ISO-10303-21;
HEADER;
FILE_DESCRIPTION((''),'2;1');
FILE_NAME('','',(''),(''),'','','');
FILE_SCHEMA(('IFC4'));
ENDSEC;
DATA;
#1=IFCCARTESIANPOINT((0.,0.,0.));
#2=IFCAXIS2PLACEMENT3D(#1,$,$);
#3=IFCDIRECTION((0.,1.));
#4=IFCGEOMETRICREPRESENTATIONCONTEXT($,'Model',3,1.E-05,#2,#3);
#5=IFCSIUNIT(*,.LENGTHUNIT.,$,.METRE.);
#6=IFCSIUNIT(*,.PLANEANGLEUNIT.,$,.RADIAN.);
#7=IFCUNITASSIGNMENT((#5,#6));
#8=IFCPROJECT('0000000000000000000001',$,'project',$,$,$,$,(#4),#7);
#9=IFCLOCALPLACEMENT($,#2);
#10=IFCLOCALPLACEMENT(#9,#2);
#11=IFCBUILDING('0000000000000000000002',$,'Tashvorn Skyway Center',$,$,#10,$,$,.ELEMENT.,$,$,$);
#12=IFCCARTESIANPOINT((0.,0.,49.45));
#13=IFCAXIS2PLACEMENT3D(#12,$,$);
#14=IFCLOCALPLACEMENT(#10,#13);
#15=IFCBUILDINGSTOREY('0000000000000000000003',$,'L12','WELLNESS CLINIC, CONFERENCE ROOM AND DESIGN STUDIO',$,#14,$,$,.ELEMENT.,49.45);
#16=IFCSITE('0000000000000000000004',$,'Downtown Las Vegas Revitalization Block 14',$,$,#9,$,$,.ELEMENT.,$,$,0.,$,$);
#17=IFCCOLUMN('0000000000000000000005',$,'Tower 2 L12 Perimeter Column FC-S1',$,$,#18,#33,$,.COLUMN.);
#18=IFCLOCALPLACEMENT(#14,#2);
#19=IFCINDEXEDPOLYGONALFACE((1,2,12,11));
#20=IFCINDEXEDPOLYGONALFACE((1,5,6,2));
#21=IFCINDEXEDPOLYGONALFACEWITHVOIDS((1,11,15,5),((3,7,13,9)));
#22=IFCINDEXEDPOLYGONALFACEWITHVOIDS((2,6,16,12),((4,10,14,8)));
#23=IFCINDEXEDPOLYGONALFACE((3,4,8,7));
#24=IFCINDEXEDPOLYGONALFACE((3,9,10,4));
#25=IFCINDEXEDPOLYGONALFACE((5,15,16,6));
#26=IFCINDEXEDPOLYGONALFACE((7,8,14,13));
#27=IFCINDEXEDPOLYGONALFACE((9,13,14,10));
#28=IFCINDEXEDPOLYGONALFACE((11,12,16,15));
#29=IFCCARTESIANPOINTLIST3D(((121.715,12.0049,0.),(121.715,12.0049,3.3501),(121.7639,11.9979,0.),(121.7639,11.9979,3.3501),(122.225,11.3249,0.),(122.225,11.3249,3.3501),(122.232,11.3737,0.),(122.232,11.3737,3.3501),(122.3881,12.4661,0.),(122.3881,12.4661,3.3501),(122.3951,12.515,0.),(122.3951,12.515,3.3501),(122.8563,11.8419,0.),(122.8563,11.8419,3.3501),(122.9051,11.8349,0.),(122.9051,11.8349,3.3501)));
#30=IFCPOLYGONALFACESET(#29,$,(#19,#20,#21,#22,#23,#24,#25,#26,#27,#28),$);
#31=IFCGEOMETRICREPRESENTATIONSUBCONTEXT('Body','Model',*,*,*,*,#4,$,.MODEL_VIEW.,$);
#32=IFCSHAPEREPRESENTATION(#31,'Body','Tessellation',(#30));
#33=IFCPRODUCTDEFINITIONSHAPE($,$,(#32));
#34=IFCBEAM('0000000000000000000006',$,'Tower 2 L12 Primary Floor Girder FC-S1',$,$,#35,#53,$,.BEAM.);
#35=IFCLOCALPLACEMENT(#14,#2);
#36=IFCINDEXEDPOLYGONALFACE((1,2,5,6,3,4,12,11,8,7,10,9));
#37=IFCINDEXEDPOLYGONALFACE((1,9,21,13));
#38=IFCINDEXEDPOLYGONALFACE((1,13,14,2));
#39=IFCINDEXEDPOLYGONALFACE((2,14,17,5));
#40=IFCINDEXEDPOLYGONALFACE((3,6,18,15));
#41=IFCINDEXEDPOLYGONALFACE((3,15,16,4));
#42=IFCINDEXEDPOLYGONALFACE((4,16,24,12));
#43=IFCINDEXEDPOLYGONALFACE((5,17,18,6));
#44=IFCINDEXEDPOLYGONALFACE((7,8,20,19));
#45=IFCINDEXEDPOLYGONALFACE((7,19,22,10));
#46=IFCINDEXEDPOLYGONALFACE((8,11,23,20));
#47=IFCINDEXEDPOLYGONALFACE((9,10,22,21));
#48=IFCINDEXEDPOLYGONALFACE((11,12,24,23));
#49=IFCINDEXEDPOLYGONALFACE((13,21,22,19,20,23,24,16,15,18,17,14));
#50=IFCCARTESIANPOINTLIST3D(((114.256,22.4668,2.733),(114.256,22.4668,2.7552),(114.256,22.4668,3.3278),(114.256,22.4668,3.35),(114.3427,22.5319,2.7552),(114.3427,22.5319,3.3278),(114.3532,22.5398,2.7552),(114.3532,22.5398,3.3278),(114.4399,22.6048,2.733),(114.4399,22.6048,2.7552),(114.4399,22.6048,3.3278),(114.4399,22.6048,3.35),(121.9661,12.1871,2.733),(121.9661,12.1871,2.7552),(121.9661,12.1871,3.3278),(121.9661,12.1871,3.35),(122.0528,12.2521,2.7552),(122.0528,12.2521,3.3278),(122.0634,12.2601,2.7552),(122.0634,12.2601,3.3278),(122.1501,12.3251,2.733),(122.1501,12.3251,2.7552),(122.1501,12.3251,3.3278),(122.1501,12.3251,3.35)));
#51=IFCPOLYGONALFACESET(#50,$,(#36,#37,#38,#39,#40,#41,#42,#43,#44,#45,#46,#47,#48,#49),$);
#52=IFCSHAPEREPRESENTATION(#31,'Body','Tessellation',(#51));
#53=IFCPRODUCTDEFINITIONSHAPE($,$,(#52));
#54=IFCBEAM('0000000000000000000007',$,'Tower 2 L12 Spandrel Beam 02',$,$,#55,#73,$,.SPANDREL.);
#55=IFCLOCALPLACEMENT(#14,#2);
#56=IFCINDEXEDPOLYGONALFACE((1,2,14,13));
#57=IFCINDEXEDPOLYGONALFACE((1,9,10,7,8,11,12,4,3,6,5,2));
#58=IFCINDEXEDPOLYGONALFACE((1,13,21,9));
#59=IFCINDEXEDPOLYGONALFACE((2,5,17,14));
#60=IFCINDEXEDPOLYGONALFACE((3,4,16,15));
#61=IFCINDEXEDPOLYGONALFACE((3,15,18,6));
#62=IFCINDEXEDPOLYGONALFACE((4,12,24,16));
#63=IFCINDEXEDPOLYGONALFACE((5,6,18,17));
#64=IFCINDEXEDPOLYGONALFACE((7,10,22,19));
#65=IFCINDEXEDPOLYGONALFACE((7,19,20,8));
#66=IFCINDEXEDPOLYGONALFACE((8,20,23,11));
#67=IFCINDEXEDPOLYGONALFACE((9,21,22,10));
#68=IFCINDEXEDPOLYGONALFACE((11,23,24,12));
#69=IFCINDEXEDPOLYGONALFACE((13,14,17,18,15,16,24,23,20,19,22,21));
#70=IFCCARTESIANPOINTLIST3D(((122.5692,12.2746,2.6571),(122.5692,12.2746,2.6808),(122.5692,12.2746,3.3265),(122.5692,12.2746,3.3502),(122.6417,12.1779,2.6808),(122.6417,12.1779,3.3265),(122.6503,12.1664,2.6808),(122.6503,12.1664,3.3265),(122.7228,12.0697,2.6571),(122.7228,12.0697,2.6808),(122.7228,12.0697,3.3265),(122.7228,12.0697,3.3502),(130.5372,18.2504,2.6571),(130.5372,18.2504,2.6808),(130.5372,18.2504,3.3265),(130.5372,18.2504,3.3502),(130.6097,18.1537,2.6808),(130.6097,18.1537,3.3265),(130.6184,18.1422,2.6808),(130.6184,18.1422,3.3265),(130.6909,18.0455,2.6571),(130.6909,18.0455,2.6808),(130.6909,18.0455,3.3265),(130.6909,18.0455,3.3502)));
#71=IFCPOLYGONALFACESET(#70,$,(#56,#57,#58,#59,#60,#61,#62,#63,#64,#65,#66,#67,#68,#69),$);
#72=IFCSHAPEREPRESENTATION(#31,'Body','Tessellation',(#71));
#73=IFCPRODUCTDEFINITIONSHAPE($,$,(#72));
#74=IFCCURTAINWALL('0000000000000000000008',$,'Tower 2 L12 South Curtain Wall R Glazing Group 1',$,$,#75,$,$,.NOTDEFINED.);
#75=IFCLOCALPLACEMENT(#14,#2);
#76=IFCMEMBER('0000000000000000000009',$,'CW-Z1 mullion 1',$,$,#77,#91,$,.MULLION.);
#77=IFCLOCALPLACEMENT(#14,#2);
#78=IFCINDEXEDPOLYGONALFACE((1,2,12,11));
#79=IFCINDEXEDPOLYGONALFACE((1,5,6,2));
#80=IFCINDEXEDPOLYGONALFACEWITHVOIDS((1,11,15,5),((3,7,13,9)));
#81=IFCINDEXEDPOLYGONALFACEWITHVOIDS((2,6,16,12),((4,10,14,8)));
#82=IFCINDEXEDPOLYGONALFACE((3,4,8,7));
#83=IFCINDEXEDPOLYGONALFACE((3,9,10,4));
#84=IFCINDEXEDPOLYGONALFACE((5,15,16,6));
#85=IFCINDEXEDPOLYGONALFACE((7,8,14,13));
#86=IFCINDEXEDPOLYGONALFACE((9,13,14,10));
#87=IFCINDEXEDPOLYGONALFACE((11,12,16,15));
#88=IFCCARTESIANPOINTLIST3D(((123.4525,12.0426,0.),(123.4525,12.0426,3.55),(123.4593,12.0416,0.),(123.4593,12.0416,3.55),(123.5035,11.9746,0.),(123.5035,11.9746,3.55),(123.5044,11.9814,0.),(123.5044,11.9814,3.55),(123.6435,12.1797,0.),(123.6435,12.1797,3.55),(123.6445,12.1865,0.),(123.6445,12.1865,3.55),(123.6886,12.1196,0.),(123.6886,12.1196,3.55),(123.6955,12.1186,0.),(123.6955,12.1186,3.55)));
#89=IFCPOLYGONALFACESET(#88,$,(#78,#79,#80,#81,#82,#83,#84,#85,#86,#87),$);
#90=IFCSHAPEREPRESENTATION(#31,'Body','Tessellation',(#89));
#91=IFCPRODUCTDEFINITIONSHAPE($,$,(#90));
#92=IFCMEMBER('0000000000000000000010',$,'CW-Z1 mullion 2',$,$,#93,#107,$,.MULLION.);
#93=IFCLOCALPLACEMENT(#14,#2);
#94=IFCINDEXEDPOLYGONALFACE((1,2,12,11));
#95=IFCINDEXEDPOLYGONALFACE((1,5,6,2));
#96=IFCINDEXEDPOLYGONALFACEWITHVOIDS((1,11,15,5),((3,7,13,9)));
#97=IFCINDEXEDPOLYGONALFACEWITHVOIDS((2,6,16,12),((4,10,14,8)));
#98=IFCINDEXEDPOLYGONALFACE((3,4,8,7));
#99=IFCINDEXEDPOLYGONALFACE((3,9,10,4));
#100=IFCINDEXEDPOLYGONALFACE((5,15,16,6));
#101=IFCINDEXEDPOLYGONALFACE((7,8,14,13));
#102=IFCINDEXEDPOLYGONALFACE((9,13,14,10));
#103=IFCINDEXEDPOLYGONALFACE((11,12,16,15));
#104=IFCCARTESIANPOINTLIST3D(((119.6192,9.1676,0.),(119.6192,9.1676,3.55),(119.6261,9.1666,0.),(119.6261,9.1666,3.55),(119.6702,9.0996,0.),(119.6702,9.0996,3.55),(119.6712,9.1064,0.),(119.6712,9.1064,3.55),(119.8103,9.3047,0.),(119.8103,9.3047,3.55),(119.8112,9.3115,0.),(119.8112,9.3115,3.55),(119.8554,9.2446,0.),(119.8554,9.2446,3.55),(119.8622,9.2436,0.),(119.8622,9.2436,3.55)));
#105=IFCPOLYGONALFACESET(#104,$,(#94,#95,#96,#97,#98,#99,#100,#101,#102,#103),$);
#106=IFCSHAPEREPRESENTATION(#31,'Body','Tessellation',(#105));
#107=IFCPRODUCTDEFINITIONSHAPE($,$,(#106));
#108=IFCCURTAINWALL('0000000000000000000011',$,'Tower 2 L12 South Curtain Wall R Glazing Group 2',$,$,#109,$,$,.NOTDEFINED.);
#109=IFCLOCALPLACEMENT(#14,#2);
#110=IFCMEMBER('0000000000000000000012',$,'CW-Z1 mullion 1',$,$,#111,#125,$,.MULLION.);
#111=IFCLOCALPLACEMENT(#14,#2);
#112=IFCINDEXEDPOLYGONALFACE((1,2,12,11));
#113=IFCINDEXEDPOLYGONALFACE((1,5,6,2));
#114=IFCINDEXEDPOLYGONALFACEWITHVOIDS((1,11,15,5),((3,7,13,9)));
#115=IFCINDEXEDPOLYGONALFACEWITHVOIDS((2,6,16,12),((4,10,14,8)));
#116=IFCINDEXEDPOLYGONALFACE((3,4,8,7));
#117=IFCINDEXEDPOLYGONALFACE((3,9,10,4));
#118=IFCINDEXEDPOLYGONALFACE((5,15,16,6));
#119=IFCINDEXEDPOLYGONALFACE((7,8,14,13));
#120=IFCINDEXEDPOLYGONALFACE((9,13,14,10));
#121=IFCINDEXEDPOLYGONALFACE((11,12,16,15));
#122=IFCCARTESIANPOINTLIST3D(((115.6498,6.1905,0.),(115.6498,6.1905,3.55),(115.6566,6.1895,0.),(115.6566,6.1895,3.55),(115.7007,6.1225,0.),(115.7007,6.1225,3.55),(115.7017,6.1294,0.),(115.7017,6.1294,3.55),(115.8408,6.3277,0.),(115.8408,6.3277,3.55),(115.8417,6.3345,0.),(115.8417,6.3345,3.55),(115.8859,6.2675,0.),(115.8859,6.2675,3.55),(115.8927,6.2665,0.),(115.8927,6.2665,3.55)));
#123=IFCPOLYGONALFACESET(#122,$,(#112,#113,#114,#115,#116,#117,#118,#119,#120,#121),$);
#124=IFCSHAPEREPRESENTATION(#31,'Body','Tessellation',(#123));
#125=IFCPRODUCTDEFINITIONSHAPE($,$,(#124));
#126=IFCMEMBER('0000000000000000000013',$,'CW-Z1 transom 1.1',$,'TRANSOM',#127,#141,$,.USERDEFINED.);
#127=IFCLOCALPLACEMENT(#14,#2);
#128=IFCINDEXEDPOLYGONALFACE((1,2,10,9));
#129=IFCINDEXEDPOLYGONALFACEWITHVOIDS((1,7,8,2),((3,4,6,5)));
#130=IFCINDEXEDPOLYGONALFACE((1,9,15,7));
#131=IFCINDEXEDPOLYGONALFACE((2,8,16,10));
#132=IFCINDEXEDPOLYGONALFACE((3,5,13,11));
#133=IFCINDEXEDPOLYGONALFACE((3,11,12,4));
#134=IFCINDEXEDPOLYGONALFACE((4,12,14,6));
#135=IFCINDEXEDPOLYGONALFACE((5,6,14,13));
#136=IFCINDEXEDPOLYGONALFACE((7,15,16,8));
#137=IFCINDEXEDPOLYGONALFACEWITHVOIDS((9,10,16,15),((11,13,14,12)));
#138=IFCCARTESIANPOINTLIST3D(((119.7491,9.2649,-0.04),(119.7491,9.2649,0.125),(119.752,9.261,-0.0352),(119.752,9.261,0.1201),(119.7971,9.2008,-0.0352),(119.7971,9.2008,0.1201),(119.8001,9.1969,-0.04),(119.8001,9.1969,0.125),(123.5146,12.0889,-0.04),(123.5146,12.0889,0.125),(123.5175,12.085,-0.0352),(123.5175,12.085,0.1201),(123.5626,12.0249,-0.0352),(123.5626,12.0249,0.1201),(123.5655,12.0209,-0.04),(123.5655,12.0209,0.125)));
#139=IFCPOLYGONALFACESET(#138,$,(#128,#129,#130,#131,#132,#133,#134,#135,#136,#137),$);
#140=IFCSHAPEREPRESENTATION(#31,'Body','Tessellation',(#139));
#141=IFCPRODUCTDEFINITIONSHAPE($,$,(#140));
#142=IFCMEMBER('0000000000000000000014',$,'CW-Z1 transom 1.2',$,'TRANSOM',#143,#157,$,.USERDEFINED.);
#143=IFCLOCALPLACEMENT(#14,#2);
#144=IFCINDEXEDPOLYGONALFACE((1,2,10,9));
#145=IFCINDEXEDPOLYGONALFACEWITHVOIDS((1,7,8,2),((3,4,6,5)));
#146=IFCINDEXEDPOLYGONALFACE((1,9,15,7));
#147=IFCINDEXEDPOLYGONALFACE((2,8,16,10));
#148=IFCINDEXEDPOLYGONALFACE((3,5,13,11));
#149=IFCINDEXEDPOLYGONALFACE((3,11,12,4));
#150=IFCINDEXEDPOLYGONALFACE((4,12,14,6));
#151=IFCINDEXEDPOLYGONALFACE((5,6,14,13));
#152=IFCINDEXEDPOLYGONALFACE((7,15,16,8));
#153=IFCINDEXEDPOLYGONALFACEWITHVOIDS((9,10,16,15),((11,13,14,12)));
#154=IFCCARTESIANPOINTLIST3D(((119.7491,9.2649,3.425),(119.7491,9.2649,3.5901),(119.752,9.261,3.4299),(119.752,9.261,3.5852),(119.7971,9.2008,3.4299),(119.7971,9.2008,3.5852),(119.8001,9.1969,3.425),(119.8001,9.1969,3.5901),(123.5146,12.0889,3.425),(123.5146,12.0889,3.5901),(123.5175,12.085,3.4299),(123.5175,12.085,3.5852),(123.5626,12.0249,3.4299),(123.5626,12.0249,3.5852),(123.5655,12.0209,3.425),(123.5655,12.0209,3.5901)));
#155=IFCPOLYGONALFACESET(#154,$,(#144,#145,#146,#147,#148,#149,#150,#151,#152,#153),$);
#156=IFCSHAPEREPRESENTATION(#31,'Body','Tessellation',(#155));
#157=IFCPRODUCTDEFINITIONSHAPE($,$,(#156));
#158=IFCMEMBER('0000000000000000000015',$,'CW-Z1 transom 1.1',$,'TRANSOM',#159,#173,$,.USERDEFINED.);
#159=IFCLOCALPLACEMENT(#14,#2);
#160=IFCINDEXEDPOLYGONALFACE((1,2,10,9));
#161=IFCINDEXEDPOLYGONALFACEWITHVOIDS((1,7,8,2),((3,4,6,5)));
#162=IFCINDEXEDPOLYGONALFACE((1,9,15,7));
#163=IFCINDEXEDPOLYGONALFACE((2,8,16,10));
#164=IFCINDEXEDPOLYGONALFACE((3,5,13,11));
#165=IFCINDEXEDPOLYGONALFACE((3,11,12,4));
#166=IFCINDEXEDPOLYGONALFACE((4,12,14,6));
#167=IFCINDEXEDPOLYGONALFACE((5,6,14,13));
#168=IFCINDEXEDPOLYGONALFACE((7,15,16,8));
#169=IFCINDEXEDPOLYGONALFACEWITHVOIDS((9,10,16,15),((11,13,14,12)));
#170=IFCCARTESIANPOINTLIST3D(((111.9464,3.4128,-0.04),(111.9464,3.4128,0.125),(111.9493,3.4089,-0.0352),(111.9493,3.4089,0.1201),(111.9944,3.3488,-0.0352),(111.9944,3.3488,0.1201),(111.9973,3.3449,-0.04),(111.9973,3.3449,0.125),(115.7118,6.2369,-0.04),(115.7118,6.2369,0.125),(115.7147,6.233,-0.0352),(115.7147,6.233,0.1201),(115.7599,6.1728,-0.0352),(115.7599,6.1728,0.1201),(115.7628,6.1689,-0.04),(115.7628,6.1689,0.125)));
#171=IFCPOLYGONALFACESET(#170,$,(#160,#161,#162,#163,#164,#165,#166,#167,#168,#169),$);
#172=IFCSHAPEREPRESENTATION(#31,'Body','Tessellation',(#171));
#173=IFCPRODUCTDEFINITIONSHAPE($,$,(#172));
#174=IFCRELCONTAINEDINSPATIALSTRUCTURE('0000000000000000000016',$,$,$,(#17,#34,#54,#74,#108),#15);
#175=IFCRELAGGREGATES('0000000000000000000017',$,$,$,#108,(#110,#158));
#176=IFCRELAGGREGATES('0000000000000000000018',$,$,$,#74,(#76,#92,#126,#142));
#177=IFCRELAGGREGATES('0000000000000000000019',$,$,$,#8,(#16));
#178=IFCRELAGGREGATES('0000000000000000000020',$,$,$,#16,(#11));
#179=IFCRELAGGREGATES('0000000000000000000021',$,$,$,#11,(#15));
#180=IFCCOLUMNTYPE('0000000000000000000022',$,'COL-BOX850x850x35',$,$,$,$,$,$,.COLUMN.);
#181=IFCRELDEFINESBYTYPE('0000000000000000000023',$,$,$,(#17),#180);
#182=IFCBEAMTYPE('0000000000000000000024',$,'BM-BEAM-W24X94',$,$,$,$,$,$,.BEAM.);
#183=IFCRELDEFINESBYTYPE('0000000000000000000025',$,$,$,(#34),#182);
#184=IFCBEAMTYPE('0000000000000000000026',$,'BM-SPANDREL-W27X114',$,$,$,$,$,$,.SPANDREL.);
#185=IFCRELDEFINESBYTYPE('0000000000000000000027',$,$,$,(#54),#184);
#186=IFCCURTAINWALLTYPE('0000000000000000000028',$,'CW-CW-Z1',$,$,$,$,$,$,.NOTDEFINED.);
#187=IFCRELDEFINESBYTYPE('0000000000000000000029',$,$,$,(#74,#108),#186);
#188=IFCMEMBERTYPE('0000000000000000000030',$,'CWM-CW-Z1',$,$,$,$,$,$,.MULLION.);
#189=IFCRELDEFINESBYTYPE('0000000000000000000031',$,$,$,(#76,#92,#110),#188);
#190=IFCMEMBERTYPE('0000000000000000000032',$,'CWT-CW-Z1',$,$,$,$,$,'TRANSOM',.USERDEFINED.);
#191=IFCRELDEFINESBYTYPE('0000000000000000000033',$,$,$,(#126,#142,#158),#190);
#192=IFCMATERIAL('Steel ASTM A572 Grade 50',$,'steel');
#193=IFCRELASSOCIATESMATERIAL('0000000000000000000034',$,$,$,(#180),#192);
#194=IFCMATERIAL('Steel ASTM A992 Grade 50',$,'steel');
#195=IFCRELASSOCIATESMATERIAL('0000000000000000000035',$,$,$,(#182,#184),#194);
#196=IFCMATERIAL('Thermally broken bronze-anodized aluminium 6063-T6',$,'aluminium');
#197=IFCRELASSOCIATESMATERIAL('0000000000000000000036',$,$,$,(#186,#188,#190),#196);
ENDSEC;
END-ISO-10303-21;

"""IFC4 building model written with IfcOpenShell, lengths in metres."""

from ifc_helpers import new_model, si_unit, direction, frame, origin, origin_2d, place, context, subcontext, project, spatial, hollow_rectangle, i_section, extrude, material, material_profile, profile_set, type_object, element, aggregate, save


model = new_model("IFC4")

# Units and contexts
model_context = context("Model", 3, precision=1e-05, world=origin(), true_north=direction((0.0, 1.0)))
body_context = subcontext(model_context, "Body", "Model", "MODEL_VIEW")
ifc_project = project(units=[si_unit("LENGTHUNIT", "METRE"), si_unit("PLANEANGLEUNIT", "RADIAN")], contexts=[model_context])

# Site, building, storey
site_placement = place(None, origin())
site = spatial("IfcSite", under=ifc_project, at=site_placement, Name="Downtown Las Vegas Revitalization Block 14", CompositionType="ELEMENT", RefElevation=0.0)
building_placement = place(site_placement, origin())
building = spatial("IfcBuilding", under=site, at=building_placement, Name="Tashvorn Skyway Center", CompositionType="ELEMENT")
storey_placement = place(building_placement, frame((0.0, 0.0, 49.45)))
storey = spatial("IfcBuildingStorey", under=building, at=storey_placement, Name="L12", Description="WELLNESS CLINIC, CONFERENCE ROOM AND DESIGN STUDIO", CompositionType="ELEMENT", Elevation=49.45)

# Column
ifc_material_1 = material(Name="Steel ASTM A572 Grade 50", Category="steel")
ifc_material_profile_1 = material_profile(ifc_material_1, hollow_rectangle(XDim=0.8501, YDim=0.8501, WallThickness=0.0349, at=origin_2d()), Name="BOX850x850x35")
ifc_profile_set_1 = profile_set([ifc_material_profile_1], Name="Steel ASTM A572 Grade 50")
column_type = type_object("IfcColumnType", Name="COL-BOX850x850x35", PredefinedType="COLUMN", material=ifc_profile_set_1)
column_placement = place(storey_placement, frame((122.3101, 11.9199, 0.0), z_axis=(0.0, 0.0, 1.0), x_axis=(0.8, 0.6, 0.0)))
element("IfcColumn", 1, at=column_placement, inside=storey, type_object=column_type, Name="Tower 2 L12 Perimeter Column FC-S1", PredefinedType="COLUMN", context=body_context, shape_type="SweptSolid", body=[
    extrude(hollow_rectangle(XDim=0.8501, YDim=0.8501, WallThickness=0.0349, at=origin_2d()), origin(), (0.0, 0.0, 1.0), 3.3501),
])

# Beams
ifc_material_2 = material(Name="Steel ASTM A992 Grade 50", Category="steel")
ifc_material_profile_2 = material_profile(ifc_material_2, i_section(OverallWidth=0.23, OverallDepth=0.6169, WebThickness=0.0132, FlangeThickness=0.0222, at=origin_2d()), Name="W24X94")
ifc_profile_set_2 = profile_set([ifc_material_profile_2], Name="Steel ASTM A992 Grade 50")
beam_type_1 = type_object("IfcBeamType", Name="BM-BEAM-W24X94", PredefinedType="BEAM", material=ifc_profile_set_2)
beam_1_placement = place(storey_placement, frame((122.0581, 12.2561, 3.0415), z_axis=(-0.600018, 0.799986, 0.0), x_axis=(-0.799986, -0.600018, 0.0)))
element("IfcBeam", 2, at=beam_1_placement, inside=storey, type_object=beam_type_1, Name="Tower 2 L12 Primary Floor Girder FC-S1", PredefinedType="BEAM", context=body_context, shape_type="SweptSolid", body=[
    extrude(i_section(OverallWidth=0.23, OverallDepth=0.6169, WebThickness=0.0132, FlangeThickness=0.0222, at=origin_2d()), origin(), (0.0, 0.0, 1.0), 12.8499),
])
ifc_material_profile_3 = material_profile(ifc_material_2, i_section(OverallWidth=0.2561, OverallDepth=0.6931, WebThickness=0.0144, FlangeThickness=0.0237, at=origin_2d()), Name="W27X114")
ifc_profile_set_3 = profile_set([ifc_material_profile_3], Name="Steel ASTM A992 Grade 50")
beam_type_2 = type_object("IfcBeamType", Name="BM-SPANDREL-W27X114", PredefinedType="SPANDREL", material=ifc_profile_set_3)
beam_2_placement = place(storey_placement, frame((122.646, 12.1721, 3.0037), z_axis=(0.800009, 0.599988, 0.0), x_axis=(-0.599988, 0.800009, 0.0)))
element("IfcBeam", 3, at=beam_2_placement, inside=storey, type_object=beam_type_2, Name="Tower 2 L12 Spandrel Beam 02", PredefinedType="SPANDREL", context=body_context, shape_type="SweptSolid", body=[
    extrude(i_section(OverallWidth=0.2561, OverallDepth=0.6931, WebThickness=0.0144, FlangeThickness=0.0237, at=origin_2d()), origin(), (0.0, 0.0, 1.0), 9.96),
])

# Curtain wall, members
ifc_material_3 = material(Name="Thermally broken bronze-anodized aluminium 6063-T6", Category="aluminium")
curtain_wall_type = type_object("IfcCurtainWallType", Name="CW-CW-Z1", PredefinedType="NOTDEFINED", material=ifc_material_3)
curtain_wall_1_placement = place(storey_placement, origin())
curtain_wall_1 = element("IfcCurtainWall", 4, at=curtain_wall_1_placement, inside=storey, type_object=curtain_wall_type, Name="Tower 2 L12 South Curtain Wall R Glazing Group 1", PredefinedType="NOTDEFINED")
ifc_material_profile_4 = material_profile(ifc_material_3, hollow_rectangle(XDim=0.085, YDim=0.24, WallThickness=0.0049, at=origin_2d()), Name="ALU-MULL-85x240")
ifc_profile_set_4 = profile_set([ifc_material_profile_4], Name="Thermally broken bronze-anodized aluminium 6063-T6")
member_type_1 = type_object("IfcMemberType", Name="CWM-CW-Z1", PredefinedType="MULLION", material=ifc_profile_set_4)
member_1_placement = place(storey_placement, frame((123.574, 12.0806, 0.0), z_axis=(0.0, 0.0, 1.0), x_axis=(0.600003, -0.799998, 0.0)))
member_1 = element("IfcMember", 5, at=member_1_placement, type_object=member_type_1, Name="CW-Z1 mullion 1", PredefinedType="MULLION", context=body_context, shape_type="SweptSolid", body=[
    extrude(hollow_rectangle(XDim=0.085, YDim=0.24, WallThickness=0.0049, at=origin_2d()), origin(), (0.0, 0.0, 1.0), 3.55),
])
member_2_placement = place(storey_placement, frame((119.7407, 9.2056, 0.0), z_axis=(0.0, 0.0, 1.0), x_axis=(0.600003, -0.799998, 0.0)))
member_2 = element("IfcMember", 6, at=member_2_placement, type_object=member_type_1, Name="CW-Z1 mullion 2", PredefinedType="MULLION", context=body_context, shape_type="SweptSolid", body=[
    extrude(hollow_rectangle(XDim=0.085, YDim=0.24, WallThickness=0.0049, at=origin_2d()), origin(), (0.0, 0.0, 1.0), 3.55),
])

# Curtain wall, member
curtain_wall_2_placement = place(storey_placement, origin())
curtain_wall_2 = element("IfcCurtainWall", 7, at=curtain_wall_2_placement, inside=storey, type_object=curtain_wall_type, Name="Tower 2 L12 South Curtain Wall R Glazing Group 2", PredefinedType="NOTDEFINED")
member_3_placement = place(storey_placement, frame((115.7712, 6.2285, 0.0), z_axis=(0.0, 0.0, 1.0), x_axis=(0.600003, -0.799998, 0.0)))
member_3 = element("IfcMember", 8, at=member_3_placement, type_object=member_type_1, Name="CW-Z1 mullion 1", PredefinedType="MULLION", context=body_context, shape_type="SweptSolid", body=[
    extrude(hollow_rectangle(XDim=0.085, YDim=0.24, WallThickness=0.0049, at=origin_2d()), origin(), (0.0, 0.0, 1.0), 3.55),
])

# Members
ifc_material_profile_5 = material_profile(ifc_material_3, hollow_rectangle(XDim=0.085, YDim=0.165, WallThickness=0.0049, at=origin_2d()), Name="ALU-TRAN-85x165")
ifc_profile_set_5 = profile_set([ifc_material_profile_5], Name="Thermally broken bronze-anodized aluminium 6063-T6")
member_type_2 = type_object("IfcMemberType", Name="CWT-CW-Z1", ElementType="TRANSOM", PredefinedType="USERDEFINED", material=ifc_profile_set_5)
member_4_placement = place(storey_placement, frame((123.54, 12.0549, 0.0425), z_axis=(-0.800006, -0.599992, 0.0), x_axis=(0.599992, -0.800006, 0.0)))
member_4 = element("IfcMember", 9, at=member_4_placement, type_object=member_type_2, Name="CW-Z1 transom 1.1", ObjectType="TRANSOM", PredefinedType="USERDEFINED", context=body_context, shape_type="SweptSolid", body=[
    extrude(hollow_rectangle(XDim=0.085, YDim=0.165, WallThickness=0.0049, at=origin_2d()), origin(), (0.0, 0.0, 1.0), 4.7068),
])
member_5_placement = place(storey_placement, frame((123.54, 12.0549, 3.5076), z_axis=(-0.800006, -0.599992, 0.0), x_axis=(0.599992, -0.800006, 0.0)))
member_5 = element("IfcMember", 10, at=member_5_placement, type_object=member_type_2, Name="CW-Z1 transom 1.2", ObjectType="TRANSOM", PredefinedType="USERDEFINED", context=body_context, shape_type="SweptSolid", body=[
    extrude(hollow_rectangle(XDim=0.085, YDim=0.165, WallThickness=0.0049, at=origin_2d()), origin(), (0.0, 0.0, 1.0), 4.7068),
])
member_6_placement = place(storey_placement, frame((115.7373, 6.2029, 0.0425), z_axis=(-0.800006, -0.599992, 0.0), x_axis=(0.599992, -0.800006, 0.0)))
member_6 = element("IfcMember", 11, at=member_6_placement, type_object=member_type_2, Name="CW-Z1 transom 1.1", ObjectType="TRANSOM", PredefinedType="USERDEFINED", context=body_context, shape_type="SweptSolid", body=[
    extrude(hollow_rectangle(XDim=0.085, YDim=0.165, WallThickness=0.0049, at=origin_2d()), origin(), (0.0, 0.0, 1.0), 4.7068),
])
aggregate(curtain_wall_2, [member_3, member_6])

aggregate(curtain_wall_1, [member_1, member_2, member_4, member_5])

save(model, "model.ifc")
